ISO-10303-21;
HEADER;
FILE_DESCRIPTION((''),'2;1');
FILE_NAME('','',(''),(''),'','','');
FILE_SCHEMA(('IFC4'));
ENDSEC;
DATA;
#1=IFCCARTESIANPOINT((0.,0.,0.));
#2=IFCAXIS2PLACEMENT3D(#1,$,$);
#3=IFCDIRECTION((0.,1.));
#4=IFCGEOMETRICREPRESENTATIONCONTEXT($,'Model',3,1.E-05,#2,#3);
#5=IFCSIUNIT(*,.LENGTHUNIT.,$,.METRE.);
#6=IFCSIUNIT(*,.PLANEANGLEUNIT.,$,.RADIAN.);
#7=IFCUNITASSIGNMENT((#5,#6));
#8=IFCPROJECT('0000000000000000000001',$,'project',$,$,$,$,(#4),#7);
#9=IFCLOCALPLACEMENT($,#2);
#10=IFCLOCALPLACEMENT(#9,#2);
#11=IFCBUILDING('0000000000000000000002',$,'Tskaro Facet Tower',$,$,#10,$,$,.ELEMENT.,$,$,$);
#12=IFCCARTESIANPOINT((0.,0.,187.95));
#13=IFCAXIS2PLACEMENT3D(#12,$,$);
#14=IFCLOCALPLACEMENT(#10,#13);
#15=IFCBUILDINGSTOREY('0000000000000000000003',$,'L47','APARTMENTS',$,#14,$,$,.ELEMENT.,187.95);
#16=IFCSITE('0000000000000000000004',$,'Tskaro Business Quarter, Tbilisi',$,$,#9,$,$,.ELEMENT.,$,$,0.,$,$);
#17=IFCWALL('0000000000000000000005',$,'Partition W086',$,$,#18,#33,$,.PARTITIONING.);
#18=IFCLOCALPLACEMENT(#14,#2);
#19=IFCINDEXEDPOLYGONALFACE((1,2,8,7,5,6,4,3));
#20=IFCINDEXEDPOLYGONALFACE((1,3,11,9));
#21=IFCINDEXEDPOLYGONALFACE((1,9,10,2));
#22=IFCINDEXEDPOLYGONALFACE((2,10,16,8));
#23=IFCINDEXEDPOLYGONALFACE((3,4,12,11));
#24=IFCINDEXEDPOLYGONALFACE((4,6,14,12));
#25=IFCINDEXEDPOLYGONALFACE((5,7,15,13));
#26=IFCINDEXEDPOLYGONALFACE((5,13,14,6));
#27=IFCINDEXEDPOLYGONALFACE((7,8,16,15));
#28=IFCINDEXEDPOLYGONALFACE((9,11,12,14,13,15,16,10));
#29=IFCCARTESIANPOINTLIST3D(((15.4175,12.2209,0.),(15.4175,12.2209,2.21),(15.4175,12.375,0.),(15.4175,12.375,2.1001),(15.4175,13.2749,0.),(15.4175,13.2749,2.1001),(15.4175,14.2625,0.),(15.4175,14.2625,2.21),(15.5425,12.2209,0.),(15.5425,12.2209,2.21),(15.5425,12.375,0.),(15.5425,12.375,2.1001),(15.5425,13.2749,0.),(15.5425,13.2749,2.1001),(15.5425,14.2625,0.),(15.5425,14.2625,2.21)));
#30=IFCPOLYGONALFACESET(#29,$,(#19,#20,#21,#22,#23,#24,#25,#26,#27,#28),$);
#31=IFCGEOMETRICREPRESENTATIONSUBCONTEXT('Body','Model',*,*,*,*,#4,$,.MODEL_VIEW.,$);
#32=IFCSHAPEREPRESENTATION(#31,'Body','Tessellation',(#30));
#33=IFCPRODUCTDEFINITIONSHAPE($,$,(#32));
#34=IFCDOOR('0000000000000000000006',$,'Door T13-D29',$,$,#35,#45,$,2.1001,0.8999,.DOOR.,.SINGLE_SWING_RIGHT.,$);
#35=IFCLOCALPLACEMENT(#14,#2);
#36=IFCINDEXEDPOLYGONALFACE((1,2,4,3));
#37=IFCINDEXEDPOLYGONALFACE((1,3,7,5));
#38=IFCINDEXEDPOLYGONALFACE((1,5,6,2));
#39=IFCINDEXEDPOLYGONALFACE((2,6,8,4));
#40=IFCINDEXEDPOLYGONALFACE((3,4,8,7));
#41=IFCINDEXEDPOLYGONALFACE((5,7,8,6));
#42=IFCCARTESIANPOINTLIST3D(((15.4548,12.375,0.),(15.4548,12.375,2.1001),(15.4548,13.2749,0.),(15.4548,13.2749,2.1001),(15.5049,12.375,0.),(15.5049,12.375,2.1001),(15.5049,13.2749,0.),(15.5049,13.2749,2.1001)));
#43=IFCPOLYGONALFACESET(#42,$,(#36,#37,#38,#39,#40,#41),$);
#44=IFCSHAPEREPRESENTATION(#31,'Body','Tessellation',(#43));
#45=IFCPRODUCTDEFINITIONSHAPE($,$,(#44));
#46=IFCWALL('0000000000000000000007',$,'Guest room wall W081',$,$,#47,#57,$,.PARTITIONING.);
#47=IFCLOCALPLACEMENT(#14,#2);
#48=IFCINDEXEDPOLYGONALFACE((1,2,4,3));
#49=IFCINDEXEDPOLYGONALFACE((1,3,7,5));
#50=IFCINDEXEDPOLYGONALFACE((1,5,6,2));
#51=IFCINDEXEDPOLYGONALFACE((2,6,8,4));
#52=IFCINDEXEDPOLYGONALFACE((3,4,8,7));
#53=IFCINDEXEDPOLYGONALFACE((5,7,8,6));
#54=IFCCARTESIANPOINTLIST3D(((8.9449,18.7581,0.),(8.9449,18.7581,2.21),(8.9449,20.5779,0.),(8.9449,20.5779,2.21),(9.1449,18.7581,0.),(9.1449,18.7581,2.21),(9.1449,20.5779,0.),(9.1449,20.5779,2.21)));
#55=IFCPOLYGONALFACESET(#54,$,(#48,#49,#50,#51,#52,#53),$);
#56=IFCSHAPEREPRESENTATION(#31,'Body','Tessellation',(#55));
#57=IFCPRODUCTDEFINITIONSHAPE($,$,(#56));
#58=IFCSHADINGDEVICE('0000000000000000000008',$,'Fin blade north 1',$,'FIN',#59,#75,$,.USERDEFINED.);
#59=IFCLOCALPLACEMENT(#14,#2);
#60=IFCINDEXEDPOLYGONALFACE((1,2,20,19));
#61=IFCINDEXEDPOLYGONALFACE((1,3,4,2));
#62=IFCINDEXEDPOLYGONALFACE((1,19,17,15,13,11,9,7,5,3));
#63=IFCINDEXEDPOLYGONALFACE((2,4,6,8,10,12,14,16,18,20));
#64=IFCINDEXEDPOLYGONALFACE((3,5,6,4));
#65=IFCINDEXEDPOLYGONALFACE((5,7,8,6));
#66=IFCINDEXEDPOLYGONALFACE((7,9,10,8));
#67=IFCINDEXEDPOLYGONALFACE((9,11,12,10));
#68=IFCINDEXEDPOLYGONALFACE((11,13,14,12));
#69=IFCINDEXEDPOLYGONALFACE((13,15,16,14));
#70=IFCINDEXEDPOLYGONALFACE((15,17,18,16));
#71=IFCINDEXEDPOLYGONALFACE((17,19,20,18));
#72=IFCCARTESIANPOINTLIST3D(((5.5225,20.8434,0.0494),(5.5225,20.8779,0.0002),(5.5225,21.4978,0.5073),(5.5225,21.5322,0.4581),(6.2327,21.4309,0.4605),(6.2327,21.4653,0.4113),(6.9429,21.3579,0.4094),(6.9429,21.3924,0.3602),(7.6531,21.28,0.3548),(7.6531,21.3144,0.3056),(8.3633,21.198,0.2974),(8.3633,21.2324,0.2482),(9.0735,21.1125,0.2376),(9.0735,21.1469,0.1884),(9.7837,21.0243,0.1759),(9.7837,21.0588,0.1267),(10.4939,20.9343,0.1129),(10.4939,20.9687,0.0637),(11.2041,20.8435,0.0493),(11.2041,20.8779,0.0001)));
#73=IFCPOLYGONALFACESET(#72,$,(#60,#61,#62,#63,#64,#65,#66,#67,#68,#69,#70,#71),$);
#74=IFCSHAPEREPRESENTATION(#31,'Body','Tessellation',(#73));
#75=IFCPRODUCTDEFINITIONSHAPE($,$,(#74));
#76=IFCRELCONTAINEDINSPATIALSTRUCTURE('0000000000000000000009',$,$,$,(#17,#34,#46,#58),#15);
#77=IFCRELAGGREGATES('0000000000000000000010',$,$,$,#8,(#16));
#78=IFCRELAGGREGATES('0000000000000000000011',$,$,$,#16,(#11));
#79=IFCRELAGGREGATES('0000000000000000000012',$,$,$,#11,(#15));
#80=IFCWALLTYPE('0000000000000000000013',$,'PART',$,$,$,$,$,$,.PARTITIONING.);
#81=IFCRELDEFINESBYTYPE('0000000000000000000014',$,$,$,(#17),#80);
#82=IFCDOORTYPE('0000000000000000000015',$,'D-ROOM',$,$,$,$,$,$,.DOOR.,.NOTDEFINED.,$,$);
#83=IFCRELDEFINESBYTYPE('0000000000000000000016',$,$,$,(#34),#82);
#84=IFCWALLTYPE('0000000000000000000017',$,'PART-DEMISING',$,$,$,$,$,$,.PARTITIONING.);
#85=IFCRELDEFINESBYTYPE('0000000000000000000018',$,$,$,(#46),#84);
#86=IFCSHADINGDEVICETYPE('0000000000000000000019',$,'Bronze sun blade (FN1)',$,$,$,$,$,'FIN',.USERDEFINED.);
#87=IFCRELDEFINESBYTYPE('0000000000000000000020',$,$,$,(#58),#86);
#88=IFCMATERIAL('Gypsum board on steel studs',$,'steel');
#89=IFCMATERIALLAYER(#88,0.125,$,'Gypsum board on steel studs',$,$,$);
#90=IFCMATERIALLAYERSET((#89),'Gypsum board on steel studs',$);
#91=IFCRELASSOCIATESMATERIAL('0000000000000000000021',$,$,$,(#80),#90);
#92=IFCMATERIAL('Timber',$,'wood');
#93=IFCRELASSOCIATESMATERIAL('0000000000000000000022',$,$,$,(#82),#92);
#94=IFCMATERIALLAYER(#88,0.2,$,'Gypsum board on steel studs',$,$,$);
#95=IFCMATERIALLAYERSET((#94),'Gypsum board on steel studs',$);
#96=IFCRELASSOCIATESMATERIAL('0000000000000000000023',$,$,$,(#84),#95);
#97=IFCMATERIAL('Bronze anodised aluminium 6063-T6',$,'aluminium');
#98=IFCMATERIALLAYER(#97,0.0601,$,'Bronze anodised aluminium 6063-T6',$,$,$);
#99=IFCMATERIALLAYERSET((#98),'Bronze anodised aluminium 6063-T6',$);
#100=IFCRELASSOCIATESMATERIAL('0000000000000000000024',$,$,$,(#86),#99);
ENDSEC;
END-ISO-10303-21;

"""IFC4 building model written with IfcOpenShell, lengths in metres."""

from ifc_helpers import new_model, si_unit, direction, frame, frame_2d, origin, place, context, subcontext, project, spatial, polyline, rectangle, outline, extrude, material, layer, layer_set, type_object, element, fill, save


model = new_model("IFC4")

# Units and contexts
model_context = context("Model", 3, precision=1e-05, world=origin(), true_north=direction((0.0, 1.0)))
body_context = subcontext(model_context, "Body", "Model", "MODEL_VIEW")
ifc_project = project(units=[si_unit("LENGTHUNIT", "METRE"), si_unit("PLANEANGLEUNIT", "RADIAN")], contexts=[model_context])

# Site, building, storey
site_placement = place(None, origin())
site = spatial("IfcSite", under=ifc_project, at=site_placement, Name="Tskaro Business Quarter, Tbilisi", CompositionType="ELEMENT", RefElevation=0.0)
building_placement = place(site_placement, origin())
building = spatial("IfcBuilding", under=site, at=building_placement, Name="Tskaro Facet Tower", CompositionType="ELEMENT")
storey_placement = place(building_placement, frame((0.0, 0.0, 187.95)))
storey = spatial("IfcBuildingStorey", under=building, at=storey_placement, Name="L47", Description="APARTMENTS", CompositionType="ELEMENT", Elevation=187.95)

# Shared definitions
ifc_material_1 = material(Name="Bronze anodised aluminium 6063-T6", Category="aluminium")

# Shared definitions
ifc_material_2 = material(Name="Gypsum board on steel studs", Category="steel")
ifc_layer_1 = layer(ifc_material_2, 0.125, Name="Gypsum board on steel studs")
ifc_layer_set_1 = layer_set([ifc_layer_1], Name="Gypsum board on steel studs")
wall_type_1 = type_object("IfcWallType", Name="PART", PredefinedType="PARTITIONING", material=ifc_layer_set_1)

# Wall, opening, door
wall_1_placement = place(storey_placement, frame((15.48, 14.2625, 0.0), z_axis=(0.0, 0.0, 1.0), x_axis=(0.0, -1.0, 0.0)))
wall_1 = element("IfcWall", 1, at=wall_1_placement, inside=storey, type_object=wall_type_1, Name="Partition W086", PredefinedType="PARTITIONING", context=body_context, shape_type="SweptSolid", body=[
    extrude(rectangle(XDim=2.0415, YDim=0.125, at=frame_2d((1.0208, 0.0))), origin(), (0.0, 0.0, 1.0), 2.21),
])
opening_placement = place(wall_1_placement, frame((0.9875, 0.0, 0.0)))
opening = element("IfcOpeningElement", 2, at=opening_placement, cuts=wall_1, PredefinedType="OPENING", context=body_context, shape_type="SweptSolid", body=[
    extrude(rectangle(XDim=0.8999, YDim=2.1001, at=frame_2d((0.45, 1.05))), frame((0.0, 0.0725, 0.0), z_axis=(0.0, -1.0, 0.0), x_axis=(1.0, 0.0, 0.0)), (0.0, 0.0, 1.0), 0.145),
])
ifc_material_3 = material(Name="Timber", Category="wood")
door_type = type_object("IfcDoorType", Name="D-ROOM", OperationType="NOTDEFINED", PredefinedType="DOOR", material=ifc_material_3)
door_placement = place(opening_placement, origin())
door = element("IfcDoor", 3, at=door_placement, inside=storey, type_object=door_type, Name="Door T13-D29", OperationType="SINGLE_SWING_RIGHT", OverallHeight=2.1001, OverallWidth=0.8999, PredefinedType="DOOR", context=body_context, shape_type="SweptSolid", body=[
    extrude(rectangle(XDim=0.8999, YDim=2.1001, at=frame_2d((0.45, 1.05))), frame((0.0, 0.0249, 0.0), z_axis=(0.0, -1.0, 0.0), x_axis=(1.0, 0.0, 0.0)), (0.0, 0.0, 1.0), 0.05),
])
fill(opening, door)

# Wall
ifc_layer_2 = layer(ifc_material_2, 0.2, Name="Gypsum board on steel studs")
ifc_layer_set_2 = layer_set([ifc_layer_2], Name="Gypsum board on steel studs")
wall_type_2 = type_object("IfcWallType", Name="PART-DEMISING", PredefinedType="PARTITIONING", material=ifc_layer_set_2)
wall_2_placement = place(storey_placement, frame((9.0449, 18.7581, 0.0), z_axis=(0.0, 0.0, 1.0), x_axis=(0.0, 1.0, 0.0)))
element("IfcWall", 4, at=wall_2_placement, inside=storey, type_object=wall_type_2, Name="Guest room wall W081", PredefinedType="PARTITIONING", context=body_context, shape_type="SweptSolid", body=[
    extrude(rectangle(XDim=1.8198, YDim=0.2, at=frame_2d((0.9099, 0.0))), origin(), (0.0, 0.0, 1.0), 2.21),
])

# Shading device
ifc_layer_3 = layer(ifc_material_1, 0.0601, Name="Bronze anodised aluminium 6063-T6")
ifc_layer_set_3 = layer_set([ifc_layer_3], Name="Bronze anodised aluminium 6063-T6")
shading_device_type = type_object("IfcShadingDeviceType", Name="Bronze sun blade (FN1)", ElementType="FIN", PredefinedType="USERDEFINED", material=ifc_layer_set_3)
shading_device_placement = place(storey_placement, frame((11.2041, 20.8435, 0.0493), z_axis=(0.000023, -0.573336, 0.81932), x_axis=(-1.0, -0.000013, 0.000018)))
element("IfcShadingDevice", 5, at=shading_device_placement, inside=storey, type_object=shading_device_type, Name="Fin blade north 1", ObjectType="FIN", PredefinedType="USERDEFINED", context=body_context, shape_type="SweptSolid", body=[
    extrude(outline(polyline([(0.0, 0.0), (5.6816, 0.0), (5.6816, -0.7987), (4.9714, -0.717), (4.2612, -0.6279), (3.551, -0.5328), (2.8408, -0.4327), (2.1306, -0.3284), (1.4204, -0.2207), (0.7102, -0.1108), (0.0, 0.0)])), origin(), (0.0, 0.0, -1.0), 0.0601),
])

save(model, "model.ifc")
